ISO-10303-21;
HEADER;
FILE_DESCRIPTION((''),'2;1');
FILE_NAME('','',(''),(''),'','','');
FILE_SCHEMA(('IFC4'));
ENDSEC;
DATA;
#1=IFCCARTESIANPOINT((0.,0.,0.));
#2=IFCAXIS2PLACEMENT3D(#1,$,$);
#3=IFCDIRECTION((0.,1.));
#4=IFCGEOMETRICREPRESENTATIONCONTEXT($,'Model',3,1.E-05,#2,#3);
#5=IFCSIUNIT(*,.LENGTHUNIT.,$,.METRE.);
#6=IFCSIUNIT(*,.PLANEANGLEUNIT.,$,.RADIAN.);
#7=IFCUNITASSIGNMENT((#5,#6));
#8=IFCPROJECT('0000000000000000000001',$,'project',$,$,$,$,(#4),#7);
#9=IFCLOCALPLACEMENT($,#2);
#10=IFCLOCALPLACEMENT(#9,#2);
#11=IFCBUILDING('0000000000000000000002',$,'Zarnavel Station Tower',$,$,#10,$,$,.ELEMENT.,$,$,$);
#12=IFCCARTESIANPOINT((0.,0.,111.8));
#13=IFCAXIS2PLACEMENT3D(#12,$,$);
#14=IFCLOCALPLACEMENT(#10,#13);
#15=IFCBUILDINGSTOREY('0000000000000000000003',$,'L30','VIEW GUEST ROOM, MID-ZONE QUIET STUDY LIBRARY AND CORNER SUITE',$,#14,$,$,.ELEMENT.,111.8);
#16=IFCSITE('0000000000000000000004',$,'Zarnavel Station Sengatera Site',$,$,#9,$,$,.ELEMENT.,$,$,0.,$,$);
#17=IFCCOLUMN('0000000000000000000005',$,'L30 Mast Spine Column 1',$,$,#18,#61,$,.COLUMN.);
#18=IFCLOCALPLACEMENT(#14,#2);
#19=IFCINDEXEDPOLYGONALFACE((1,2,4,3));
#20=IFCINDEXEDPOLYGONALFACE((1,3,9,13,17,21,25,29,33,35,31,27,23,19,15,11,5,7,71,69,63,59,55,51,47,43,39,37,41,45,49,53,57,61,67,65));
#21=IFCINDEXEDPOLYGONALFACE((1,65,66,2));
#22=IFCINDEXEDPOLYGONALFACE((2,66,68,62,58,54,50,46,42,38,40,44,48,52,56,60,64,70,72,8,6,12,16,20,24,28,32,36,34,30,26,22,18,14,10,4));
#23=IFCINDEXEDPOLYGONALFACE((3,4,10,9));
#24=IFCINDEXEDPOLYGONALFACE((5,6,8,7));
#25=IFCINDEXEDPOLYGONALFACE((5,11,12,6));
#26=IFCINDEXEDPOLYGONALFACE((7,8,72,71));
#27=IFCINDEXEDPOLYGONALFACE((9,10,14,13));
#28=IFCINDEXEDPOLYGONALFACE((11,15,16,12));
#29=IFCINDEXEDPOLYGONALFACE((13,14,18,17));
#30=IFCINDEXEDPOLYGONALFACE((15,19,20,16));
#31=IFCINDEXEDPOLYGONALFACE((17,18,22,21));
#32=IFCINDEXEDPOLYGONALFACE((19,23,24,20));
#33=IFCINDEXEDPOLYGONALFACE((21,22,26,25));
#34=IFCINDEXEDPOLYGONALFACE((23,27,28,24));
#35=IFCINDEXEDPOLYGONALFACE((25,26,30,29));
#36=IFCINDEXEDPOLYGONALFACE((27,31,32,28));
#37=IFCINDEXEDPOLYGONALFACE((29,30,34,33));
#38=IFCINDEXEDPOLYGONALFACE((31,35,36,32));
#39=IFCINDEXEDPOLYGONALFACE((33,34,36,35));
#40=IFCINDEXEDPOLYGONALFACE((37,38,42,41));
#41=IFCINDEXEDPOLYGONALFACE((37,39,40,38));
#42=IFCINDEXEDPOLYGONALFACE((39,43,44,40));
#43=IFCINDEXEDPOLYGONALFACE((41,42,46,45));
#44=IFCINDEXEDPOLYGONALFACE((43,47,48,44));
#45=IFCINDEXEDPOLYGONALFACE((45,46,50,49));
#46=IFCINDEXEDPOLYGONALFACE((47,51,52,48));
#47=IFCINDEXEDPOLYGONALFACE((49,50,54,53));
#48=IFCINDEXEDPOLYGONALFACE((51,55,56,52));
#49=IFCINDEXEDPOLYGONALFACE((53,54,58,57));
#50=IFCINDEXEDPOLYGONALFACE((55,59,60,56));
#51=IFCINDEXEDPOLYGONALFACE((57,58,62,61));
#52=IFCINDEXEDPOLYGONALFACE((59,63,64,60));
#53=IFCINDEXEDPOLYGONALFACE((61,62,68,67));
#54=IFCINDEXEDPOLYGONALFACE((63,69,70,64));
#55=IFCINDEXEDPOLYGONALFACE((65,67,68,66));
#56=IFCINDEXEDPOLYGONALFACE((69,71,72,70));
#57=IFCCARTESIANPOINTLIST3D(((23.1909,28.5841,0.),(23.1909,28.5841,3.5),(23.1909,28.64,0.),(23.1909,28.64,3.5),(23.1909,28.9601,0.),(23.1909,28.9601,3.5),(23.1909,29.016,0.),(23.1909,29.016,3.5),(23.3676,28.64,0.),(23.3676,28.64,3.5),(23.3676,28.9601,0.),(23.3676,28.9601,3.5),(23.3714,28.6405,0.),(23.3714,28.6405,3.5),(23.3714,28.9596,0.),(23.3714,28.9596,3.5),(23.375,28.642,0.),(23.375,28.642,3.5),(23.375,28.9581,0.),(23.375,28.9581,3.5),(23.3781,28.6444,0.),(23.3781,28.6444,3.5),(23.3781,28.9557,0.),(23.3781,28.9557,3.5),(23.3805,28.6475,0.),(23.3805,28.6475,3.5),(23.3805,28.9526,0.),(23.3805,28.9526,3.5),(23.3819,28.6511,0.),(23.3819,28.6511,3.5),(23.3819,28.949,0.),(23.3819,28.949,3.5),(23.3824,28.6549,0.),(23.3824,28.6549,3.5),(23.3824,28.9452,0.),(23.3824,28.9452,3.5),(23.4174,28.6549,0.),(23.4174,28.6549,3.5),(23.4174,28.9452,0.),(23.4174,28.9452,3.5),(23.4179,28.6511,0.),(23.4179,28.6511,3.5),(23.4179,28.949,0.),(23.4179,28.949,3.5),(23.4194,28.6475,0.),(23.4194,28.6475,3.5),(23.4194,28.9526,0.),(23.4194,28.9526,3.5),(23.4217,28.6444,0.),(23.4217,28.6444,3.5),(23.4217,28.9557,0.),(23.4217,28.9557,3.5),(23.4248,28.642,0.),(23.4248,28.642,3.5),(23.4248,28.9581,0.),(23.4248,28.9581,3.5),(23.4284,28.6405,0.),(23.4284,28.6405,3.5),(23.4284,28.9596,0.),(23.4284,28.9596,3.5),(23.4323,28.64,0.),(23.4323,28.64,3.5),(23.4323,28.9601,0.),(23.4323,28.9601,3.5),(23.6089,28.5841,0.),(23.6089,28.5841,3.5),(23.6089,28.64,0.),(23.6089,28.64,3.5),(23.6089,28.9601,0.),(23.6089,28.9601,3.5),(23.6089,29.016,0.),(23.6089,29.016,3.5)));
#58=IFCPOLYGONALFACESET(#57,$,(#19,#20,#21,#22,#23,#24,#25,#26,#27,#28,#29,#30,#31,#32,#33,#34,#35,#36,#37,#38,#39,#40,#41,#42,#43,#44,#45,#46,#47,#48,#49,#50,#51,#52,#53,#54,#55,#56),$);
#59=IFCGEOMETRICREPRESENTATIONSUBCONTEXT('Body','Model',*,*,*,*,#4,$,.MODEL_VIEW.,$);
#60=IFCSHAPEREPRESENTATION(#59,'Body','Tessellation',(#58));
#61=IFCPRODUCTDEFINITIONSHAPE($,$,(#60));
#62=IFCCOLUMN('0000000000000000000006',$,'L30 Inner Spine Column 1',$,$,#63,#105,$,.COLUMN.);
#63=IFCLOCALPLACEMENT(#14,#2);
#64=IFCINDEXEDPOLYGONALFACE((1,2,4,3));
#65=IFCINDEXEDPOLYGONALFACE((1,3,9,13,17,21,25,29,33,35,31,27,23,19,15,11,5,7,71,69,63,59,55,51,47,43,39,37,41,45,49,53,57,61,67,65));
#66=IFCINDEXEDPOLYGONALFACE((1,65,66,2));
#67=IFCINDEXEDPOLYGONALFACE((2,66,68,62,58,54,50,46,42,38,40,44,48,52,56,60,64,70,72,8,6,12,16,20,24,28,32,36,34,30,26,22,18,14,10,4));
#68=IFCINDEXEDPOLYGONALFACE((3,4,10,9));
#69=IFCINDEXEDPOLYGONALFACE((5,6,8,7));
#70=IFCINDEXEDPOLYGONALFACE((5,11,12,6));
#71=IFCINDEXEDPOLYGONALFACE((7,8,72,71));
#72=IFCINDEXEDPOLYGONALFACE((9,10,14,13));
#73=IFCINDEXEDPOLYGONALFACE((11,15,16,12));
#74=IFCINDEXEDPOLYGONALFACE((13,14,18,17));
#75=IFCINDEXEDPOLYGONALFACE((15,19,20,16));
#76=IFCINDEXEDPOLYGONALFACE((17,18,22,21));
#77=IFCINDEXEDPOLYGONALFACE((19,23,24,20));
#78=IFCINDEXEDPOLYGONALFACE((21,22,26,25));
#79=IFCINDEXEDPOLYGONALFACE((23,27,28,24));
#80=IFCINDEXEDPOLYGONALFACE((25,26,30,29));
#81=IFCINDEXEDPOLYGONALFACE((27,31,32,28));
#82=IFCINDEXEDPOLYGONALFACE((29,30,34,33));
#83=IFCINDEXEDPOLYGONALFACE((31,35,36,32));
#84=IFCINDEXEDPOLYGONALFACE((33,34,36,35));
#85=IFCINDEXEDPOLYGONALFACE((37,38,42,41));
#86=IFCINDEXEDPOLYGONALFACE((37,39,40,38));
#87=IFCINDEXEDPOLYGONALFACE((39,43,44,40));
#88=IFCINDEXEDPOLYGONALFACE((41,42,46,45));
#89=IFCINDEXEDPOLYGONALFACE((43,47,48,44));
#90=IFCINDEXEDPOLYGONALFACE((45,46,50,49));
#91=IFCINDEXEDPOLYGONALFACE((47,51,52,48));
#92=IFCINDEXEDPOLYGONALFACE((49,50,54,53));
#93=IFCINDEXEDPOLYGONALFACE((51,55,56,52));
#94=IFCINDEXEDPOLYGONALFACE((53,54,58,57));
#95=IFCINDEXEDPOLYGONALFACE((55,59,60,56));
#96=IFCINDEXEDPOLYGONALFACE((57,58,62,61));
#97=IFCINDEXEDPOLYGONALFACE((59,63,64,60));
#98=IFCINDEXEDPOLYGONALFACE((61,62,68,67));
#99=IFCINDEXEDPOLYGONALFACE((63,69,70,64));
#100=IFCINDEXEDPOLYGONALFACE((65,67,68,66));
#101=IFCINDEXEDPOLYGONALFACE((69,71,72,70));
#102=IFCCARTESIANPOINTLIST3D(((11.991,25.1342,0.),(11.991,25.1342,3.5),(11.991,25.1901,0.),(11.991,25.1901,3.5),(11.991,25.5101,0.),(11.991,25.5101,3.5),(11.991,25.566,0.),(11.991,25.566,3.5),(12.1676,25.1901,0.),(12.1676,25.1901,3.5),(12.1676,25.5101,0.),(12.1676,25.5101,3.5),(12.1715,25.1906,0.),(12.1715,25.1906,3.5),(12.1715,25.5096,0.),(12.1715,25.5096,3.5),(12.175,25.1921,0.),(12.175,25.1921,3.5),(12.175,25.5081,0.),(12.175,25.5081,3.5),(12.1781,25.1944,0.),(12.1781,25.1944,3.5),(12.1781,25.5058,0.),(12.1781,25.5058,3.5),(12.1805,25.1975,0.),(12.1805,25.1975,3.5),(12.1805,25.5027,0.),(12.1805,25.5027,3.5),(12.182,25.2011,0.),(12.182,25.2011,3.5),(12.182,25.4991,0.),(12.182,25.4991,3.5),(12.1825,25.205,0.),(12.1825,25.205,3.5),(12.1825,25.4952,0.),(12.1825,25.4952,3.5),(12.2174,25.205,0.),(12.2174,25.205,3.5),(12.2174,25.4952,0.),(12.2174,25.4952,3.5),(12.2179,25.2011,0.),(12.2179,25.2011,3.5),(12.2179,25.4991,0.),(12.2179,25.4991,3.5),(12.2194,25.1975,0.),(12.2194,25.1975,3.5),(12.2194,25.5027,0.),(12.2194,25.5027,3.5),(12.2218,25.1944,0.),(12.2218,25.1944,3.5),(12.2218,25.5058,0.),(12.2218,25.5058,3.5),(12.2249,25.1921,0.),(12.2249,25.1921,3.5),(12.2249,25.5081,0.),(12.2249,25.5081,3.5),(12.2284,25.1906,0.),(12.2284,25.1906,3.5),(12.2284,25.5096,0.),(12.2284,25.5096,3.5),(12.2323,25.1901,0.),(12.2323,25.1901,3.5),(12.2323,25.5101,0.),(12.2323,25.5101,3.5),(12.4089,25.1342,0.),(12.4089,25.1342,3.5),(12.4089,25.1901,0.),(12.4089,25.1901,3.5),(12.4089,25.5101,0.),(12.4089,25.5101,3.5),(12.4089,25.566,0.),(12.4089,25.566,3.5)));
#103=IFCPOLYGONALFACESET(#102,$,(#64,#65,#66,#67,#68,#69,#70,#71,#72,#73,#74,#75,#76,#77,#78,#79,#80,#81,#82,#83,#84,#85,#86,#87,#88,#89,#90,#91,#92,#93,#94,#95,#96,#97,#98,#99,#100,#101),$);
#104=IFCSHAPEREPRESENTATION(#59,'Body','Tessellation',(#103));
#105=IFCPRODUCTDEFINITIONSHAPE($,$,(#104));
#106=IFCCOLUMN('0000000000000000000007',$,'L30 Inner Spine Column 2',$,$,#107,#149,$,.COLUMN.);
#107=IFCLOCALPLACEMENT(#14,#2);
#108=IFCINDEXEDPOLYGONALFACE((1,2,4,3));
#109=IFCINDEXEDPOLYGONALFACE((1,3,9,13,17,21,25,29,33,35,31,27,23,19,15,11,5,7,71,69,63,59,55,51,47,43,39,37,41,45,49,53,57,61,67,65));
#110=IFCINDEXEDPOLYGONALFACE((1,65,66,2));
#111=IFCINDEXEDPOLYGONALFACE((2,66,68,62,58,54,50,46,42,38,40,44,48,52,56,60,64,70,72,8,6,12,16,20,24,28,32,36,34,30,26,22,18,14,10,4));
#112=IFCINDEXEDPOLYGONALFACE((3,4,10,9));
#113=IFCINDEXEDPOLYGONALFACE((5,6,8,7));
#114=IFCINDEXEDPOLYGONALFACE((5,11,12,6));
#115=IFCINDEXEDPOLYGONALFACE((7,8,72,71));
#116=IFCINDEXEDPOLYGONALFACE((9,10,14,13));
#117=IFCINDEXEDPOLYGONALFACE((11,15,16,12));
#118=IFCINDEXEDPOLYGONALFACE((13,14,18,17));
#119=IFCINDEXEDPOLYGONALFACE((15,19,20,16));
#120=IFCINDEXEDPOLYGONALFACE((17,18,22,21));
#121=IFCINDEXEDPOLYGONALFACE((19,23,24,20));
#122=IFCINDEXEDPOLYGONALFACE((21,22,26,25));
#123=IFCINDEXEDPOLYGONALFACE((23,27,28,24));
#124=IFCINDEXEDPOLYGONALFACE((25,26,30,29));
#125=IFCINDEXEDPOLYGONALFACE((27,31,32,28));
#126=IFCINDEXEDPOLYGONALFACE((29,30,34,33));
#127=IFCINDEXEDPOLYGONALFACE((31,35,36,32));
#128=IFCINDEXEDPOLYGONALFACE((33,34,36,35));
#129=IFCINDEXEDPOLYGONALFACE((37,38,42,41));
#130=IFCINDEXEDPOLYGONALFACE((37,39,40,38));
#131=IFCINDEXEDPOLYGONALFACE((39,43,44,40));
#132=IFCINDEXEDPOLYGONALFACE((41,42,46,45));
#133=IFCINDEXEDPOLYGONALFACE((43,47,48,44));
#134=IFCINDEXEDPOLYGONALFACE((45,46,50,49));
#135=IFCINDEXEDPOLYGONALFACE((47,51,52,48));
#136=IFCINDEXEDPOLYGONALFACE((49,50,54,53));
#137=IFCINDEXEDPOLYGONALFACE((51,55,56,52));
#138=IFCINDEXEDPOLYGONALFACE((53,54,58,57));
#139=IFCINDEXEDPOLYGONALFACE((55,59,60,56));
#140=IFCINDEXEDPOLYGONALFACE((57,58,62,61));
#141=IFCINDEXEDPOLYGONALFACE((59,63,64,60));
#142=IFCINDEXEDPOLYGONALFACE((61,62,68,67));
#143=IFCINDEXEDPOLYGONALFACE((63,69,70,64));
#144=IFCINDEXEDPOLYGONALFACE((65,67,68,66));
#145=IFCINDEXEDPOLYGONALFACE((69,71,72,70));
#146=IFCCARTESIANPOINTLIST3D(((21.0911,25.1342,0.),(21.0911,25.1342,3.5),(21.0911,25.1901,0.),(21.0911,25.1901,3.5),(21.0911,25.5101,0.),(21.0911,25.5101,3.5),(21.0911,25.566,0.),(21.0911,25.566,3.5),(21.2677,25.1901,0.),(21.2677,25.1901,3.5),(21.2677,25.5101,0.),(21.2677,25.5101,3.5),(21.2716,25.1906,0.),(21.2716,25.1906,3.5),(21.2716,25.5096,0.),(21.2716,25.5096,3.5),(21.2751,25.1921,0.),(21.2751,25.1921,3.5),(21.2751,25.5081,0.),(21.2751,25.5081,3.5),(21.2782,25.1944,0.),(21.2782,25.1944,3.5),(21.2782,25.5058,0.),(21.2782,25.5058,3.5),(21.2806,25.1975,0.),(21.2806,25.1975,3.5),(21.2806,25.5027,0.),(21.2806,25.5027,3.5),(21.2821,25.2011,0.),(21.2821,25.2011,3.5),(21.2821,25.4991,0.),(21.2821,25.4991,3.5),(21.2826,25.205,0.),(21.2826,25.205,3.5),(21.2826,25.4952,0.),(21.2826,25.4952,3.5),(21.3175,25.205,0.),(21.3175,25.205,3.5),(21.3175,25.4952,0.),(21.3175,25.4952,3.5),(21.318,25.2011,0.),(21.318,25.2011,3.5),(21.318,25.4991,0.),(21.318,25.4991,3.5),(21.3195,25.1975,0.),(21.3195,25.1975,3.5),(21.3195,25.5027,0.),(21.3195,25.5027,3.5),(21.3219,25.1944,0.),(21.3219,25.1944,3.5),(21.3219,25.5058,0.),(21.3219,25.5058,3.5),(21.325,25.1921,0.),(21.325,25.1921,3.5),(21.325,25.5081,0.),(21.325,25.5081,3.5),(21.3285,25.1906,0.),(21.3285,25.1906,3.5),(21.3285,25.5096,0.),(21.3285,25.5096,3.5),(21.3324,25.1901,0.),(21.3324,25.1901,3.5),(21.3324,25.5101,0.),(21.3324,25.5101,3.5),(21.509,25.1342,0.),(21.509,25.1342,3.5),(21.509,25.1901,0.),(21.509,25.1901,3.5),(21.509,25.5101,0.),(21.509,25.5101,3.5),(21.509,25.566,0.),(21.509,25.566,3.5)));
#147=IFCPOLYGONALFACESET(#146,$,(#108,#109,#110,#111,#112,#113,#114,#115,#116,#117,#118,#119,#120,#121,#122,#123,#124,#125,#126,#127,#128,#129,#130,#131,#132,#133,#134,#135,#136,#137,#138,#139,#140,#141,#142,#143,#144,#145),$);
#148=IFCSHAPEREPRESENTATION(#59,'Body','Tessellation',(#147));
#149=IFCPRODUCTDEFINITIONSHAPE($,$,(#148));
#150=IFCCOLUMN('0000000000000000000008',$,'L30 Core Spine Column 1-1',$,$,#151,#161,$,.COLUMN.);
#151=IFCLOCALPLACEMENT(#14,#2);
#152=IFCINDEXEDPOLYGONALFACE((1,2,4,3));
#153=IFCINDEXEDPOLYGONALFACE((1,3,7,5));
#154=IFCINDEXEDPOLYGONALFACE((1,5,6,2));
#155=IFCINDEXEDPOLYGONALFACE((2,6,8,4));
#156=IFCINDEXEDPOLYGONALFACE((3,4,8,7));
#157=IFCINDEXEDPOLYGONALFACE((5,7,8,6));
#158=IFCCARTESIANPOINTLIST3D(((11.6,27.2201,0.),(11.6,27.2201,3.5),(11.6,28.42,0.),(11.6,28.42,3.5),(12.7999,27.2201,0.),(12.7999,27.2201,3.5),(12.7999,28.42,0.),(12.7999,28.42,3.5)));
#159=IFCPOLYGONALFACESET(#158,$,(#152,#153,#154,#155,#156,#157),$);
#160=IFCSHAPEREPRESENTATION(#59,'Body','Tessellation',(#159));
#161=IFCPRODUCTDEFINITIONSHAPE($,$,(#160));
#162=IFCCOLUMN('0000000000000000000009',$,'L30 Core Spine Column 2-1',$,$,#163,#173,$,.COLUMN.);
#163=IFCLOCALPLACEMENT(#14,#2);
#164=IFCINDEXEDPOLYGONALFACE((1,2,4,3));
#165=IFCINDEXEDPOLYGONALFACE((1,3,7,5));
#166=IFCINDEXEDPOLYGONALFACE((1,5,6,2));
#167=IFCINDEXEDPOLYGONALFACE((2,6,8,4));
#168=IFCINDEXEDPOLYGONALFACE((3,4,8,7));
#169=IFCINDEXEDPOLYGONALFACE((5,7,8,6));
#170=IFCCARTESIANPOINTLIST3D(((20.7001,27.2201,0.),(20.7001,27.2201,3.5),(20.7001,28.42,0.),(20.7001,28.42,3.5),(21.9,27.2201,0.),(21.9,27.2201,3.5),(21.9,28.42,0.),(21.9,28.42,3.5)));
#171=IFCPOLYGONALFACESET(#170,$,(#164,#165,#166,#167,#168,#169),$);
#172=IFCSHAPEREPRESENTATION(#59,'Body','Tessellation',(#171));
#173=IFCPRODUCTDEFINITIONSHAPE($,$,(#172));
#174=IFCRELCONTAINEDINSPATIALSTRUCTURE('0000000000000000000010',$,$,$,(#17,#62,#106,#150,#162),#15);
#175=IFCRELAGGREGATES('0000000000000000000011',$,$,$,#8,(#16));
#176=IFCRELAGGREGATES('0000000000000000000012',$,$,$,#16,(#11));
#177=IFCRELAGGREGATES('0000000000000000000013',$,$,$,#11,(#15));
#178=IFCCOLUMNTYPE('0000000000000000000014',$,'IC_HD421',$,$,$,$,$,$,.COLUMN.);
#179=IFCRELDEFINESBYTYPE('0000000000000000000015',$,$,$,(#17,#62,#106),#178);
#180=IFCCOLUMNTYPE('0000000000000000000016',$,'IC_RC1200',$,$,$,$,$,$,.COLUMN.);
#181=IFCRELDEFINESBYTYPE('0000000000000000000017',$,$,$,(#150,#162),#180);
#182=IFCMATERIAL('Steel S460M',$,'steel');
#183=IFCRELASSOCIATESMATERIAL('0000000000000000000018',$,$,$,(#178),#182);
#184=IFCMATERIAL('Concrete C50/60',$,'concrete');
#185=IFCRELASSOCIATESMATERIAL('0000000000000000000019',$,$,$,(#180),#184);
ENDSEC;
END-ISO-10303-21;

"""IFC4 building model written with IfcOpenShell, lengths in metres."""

from ifc_helpers import new_model, si_unit, direction, frame, origin, origin_2d, place, context, subcontext, project, spatial, rectangle, i_section, extrude, material, material_profile, profile_set, type_object, element, save


model = new_model("IFC4")

# Units and contexts
model_context = context("Model", 3, precision=1e-05, world=origin(), true_north=direction((0.0, 1.0)))
body_context = subcontext(model_context, "Body", "Model", "MODEL_VIEW")
ifc_project = project(units=[si_unit("LENGTHUNIT", "METRE"), si_unit("PLANEANGLEUNIT", "RADIAN")], contexts=[model_context])

# Site, building, storey
site_placement = place(None, origin())
site = spatial("IfcSite", under=ifc_project, at=site_placement, Name="Zarnavel Station Sengatera Site", CompositionType="ELEMENT", RefElevation=0.0)
building_placement = place(site_placement, origin())
building = spatial("IfcBuilding", under=site, at=building_placement, Name="Zarnavel Station Tower", CompositionType="ELEMENT")
storey_placement = place(building_placement, frame((0.0, 0.0, 111.8)))
storey = spatial("IfcBuildingStorey", under=building, at=storey_placement, Name="L30", Description="VIEW GUEST ROOM, MID-ZONE QUIET STUDY LIBRARY AND CORNER SUITE", CompositionType="ELEMENT", Elevation=111.8)

# Columns
ifc_material_1 = material(Name="Steel S460M", Category="steel")
ifc_material_profile_1 = material_profile(ifc_material_1, i_section(OverallWidth=0.418, OverallDepth=0.4319, WebThickness=0.0349, FlangeThickness=0.0559, FilletRadius=0.0149, at=origin_2d()), Name="HD400x421")
ifc_profile_set_1 = profile_set([ifc_material_profile_1], Name="Steel S460M")
column_type_1 = type_object("IfcColumnType", Name="IC_HD421", PredefinedType="COLUMN", material=ifc_profile_set_1)
for number, where, z_axis, x_axis, name in (
    (1, (23.3999, 28.8, 0.0), (0.0, 0.0, 1.0), (1.0, 0.0, 0.0), "L30 Mast Spine Column 1"),
    (2, (12.2, 25.3501, 0.0), (0.0, 0.0, 1.0), (1.0, 0.0, 0.0), "L30 Inner Spine Column 1"),
    (3, (21.3, 25.3501, 0.0), (0.0, 0.0, 1.0), (1.0, 0.0, 0.0), "L30 Inner Spine Column 2"),
):
    element("IfcColumn", number, at=place(storey_placement, frame(where, z_axis=z_axis, x_axis=x_axis)), inside=storey, type_object=column_type_1, Name=name, PredefinedType="COLUMN", context=body_context, shape_type="SweptSolid", body=[
        extrude(i_section(OverallWidth=0.418, OverallDepth=0.4319, WebThickness=0.0349, FlangeThickness=0.0559, FilletRadius=0.0149, at=origin_2d()), origin(), (0.0, 0.0, 1.0), 3.5),
    ])
ifc_material_2 = material(Name="Concrete C50/60", Category="concrete")
ifc_material_profile_2 = material_profile(ifc_material_2, rectangle(XDim=1.2, YDim=1.2, at=origin_2d()), Name="RC1200x1200")
ifc_profile_set_2 = profile_set([ifc_material_profile_2], Name="Concrete C50/60")
column_type_2 = type_object("IfcColumnType", Name="IC_RC1200", PredefinedType="COLUMN", material=ifc_profile_set_2)
for number, where, z_axis, x_axis, name in (
    (4, (12.2, 27.8201, 0.0), (0.0, 0.0, 1.0), (1.0, 0.0, 0.0), "L30 Core Spine Column 1-1"),
    (5, (21.3, 27.8201, 0.0), (0.0, 0.0, 1.0), (1.0, 0.0, 0.0), "L30 Core Spine Column 2-1"),
):
    element("IfcColumn", number, at=place(storey_placement, frame(where, z_axis=z_axis, x_axis=x_axis)), inside=storey, type_object=column_type_2, Name=name, PredefinedType="COLUMN", context=body_context, shape_type="SweptSolid", body=[
        extrude(rectangle(XDim=1.2, YDim=1.2, at=origin_2d()), origin(), (0.0, 0.0, 1.0), 3.5),
    ])

save(model, "model.ifc")
